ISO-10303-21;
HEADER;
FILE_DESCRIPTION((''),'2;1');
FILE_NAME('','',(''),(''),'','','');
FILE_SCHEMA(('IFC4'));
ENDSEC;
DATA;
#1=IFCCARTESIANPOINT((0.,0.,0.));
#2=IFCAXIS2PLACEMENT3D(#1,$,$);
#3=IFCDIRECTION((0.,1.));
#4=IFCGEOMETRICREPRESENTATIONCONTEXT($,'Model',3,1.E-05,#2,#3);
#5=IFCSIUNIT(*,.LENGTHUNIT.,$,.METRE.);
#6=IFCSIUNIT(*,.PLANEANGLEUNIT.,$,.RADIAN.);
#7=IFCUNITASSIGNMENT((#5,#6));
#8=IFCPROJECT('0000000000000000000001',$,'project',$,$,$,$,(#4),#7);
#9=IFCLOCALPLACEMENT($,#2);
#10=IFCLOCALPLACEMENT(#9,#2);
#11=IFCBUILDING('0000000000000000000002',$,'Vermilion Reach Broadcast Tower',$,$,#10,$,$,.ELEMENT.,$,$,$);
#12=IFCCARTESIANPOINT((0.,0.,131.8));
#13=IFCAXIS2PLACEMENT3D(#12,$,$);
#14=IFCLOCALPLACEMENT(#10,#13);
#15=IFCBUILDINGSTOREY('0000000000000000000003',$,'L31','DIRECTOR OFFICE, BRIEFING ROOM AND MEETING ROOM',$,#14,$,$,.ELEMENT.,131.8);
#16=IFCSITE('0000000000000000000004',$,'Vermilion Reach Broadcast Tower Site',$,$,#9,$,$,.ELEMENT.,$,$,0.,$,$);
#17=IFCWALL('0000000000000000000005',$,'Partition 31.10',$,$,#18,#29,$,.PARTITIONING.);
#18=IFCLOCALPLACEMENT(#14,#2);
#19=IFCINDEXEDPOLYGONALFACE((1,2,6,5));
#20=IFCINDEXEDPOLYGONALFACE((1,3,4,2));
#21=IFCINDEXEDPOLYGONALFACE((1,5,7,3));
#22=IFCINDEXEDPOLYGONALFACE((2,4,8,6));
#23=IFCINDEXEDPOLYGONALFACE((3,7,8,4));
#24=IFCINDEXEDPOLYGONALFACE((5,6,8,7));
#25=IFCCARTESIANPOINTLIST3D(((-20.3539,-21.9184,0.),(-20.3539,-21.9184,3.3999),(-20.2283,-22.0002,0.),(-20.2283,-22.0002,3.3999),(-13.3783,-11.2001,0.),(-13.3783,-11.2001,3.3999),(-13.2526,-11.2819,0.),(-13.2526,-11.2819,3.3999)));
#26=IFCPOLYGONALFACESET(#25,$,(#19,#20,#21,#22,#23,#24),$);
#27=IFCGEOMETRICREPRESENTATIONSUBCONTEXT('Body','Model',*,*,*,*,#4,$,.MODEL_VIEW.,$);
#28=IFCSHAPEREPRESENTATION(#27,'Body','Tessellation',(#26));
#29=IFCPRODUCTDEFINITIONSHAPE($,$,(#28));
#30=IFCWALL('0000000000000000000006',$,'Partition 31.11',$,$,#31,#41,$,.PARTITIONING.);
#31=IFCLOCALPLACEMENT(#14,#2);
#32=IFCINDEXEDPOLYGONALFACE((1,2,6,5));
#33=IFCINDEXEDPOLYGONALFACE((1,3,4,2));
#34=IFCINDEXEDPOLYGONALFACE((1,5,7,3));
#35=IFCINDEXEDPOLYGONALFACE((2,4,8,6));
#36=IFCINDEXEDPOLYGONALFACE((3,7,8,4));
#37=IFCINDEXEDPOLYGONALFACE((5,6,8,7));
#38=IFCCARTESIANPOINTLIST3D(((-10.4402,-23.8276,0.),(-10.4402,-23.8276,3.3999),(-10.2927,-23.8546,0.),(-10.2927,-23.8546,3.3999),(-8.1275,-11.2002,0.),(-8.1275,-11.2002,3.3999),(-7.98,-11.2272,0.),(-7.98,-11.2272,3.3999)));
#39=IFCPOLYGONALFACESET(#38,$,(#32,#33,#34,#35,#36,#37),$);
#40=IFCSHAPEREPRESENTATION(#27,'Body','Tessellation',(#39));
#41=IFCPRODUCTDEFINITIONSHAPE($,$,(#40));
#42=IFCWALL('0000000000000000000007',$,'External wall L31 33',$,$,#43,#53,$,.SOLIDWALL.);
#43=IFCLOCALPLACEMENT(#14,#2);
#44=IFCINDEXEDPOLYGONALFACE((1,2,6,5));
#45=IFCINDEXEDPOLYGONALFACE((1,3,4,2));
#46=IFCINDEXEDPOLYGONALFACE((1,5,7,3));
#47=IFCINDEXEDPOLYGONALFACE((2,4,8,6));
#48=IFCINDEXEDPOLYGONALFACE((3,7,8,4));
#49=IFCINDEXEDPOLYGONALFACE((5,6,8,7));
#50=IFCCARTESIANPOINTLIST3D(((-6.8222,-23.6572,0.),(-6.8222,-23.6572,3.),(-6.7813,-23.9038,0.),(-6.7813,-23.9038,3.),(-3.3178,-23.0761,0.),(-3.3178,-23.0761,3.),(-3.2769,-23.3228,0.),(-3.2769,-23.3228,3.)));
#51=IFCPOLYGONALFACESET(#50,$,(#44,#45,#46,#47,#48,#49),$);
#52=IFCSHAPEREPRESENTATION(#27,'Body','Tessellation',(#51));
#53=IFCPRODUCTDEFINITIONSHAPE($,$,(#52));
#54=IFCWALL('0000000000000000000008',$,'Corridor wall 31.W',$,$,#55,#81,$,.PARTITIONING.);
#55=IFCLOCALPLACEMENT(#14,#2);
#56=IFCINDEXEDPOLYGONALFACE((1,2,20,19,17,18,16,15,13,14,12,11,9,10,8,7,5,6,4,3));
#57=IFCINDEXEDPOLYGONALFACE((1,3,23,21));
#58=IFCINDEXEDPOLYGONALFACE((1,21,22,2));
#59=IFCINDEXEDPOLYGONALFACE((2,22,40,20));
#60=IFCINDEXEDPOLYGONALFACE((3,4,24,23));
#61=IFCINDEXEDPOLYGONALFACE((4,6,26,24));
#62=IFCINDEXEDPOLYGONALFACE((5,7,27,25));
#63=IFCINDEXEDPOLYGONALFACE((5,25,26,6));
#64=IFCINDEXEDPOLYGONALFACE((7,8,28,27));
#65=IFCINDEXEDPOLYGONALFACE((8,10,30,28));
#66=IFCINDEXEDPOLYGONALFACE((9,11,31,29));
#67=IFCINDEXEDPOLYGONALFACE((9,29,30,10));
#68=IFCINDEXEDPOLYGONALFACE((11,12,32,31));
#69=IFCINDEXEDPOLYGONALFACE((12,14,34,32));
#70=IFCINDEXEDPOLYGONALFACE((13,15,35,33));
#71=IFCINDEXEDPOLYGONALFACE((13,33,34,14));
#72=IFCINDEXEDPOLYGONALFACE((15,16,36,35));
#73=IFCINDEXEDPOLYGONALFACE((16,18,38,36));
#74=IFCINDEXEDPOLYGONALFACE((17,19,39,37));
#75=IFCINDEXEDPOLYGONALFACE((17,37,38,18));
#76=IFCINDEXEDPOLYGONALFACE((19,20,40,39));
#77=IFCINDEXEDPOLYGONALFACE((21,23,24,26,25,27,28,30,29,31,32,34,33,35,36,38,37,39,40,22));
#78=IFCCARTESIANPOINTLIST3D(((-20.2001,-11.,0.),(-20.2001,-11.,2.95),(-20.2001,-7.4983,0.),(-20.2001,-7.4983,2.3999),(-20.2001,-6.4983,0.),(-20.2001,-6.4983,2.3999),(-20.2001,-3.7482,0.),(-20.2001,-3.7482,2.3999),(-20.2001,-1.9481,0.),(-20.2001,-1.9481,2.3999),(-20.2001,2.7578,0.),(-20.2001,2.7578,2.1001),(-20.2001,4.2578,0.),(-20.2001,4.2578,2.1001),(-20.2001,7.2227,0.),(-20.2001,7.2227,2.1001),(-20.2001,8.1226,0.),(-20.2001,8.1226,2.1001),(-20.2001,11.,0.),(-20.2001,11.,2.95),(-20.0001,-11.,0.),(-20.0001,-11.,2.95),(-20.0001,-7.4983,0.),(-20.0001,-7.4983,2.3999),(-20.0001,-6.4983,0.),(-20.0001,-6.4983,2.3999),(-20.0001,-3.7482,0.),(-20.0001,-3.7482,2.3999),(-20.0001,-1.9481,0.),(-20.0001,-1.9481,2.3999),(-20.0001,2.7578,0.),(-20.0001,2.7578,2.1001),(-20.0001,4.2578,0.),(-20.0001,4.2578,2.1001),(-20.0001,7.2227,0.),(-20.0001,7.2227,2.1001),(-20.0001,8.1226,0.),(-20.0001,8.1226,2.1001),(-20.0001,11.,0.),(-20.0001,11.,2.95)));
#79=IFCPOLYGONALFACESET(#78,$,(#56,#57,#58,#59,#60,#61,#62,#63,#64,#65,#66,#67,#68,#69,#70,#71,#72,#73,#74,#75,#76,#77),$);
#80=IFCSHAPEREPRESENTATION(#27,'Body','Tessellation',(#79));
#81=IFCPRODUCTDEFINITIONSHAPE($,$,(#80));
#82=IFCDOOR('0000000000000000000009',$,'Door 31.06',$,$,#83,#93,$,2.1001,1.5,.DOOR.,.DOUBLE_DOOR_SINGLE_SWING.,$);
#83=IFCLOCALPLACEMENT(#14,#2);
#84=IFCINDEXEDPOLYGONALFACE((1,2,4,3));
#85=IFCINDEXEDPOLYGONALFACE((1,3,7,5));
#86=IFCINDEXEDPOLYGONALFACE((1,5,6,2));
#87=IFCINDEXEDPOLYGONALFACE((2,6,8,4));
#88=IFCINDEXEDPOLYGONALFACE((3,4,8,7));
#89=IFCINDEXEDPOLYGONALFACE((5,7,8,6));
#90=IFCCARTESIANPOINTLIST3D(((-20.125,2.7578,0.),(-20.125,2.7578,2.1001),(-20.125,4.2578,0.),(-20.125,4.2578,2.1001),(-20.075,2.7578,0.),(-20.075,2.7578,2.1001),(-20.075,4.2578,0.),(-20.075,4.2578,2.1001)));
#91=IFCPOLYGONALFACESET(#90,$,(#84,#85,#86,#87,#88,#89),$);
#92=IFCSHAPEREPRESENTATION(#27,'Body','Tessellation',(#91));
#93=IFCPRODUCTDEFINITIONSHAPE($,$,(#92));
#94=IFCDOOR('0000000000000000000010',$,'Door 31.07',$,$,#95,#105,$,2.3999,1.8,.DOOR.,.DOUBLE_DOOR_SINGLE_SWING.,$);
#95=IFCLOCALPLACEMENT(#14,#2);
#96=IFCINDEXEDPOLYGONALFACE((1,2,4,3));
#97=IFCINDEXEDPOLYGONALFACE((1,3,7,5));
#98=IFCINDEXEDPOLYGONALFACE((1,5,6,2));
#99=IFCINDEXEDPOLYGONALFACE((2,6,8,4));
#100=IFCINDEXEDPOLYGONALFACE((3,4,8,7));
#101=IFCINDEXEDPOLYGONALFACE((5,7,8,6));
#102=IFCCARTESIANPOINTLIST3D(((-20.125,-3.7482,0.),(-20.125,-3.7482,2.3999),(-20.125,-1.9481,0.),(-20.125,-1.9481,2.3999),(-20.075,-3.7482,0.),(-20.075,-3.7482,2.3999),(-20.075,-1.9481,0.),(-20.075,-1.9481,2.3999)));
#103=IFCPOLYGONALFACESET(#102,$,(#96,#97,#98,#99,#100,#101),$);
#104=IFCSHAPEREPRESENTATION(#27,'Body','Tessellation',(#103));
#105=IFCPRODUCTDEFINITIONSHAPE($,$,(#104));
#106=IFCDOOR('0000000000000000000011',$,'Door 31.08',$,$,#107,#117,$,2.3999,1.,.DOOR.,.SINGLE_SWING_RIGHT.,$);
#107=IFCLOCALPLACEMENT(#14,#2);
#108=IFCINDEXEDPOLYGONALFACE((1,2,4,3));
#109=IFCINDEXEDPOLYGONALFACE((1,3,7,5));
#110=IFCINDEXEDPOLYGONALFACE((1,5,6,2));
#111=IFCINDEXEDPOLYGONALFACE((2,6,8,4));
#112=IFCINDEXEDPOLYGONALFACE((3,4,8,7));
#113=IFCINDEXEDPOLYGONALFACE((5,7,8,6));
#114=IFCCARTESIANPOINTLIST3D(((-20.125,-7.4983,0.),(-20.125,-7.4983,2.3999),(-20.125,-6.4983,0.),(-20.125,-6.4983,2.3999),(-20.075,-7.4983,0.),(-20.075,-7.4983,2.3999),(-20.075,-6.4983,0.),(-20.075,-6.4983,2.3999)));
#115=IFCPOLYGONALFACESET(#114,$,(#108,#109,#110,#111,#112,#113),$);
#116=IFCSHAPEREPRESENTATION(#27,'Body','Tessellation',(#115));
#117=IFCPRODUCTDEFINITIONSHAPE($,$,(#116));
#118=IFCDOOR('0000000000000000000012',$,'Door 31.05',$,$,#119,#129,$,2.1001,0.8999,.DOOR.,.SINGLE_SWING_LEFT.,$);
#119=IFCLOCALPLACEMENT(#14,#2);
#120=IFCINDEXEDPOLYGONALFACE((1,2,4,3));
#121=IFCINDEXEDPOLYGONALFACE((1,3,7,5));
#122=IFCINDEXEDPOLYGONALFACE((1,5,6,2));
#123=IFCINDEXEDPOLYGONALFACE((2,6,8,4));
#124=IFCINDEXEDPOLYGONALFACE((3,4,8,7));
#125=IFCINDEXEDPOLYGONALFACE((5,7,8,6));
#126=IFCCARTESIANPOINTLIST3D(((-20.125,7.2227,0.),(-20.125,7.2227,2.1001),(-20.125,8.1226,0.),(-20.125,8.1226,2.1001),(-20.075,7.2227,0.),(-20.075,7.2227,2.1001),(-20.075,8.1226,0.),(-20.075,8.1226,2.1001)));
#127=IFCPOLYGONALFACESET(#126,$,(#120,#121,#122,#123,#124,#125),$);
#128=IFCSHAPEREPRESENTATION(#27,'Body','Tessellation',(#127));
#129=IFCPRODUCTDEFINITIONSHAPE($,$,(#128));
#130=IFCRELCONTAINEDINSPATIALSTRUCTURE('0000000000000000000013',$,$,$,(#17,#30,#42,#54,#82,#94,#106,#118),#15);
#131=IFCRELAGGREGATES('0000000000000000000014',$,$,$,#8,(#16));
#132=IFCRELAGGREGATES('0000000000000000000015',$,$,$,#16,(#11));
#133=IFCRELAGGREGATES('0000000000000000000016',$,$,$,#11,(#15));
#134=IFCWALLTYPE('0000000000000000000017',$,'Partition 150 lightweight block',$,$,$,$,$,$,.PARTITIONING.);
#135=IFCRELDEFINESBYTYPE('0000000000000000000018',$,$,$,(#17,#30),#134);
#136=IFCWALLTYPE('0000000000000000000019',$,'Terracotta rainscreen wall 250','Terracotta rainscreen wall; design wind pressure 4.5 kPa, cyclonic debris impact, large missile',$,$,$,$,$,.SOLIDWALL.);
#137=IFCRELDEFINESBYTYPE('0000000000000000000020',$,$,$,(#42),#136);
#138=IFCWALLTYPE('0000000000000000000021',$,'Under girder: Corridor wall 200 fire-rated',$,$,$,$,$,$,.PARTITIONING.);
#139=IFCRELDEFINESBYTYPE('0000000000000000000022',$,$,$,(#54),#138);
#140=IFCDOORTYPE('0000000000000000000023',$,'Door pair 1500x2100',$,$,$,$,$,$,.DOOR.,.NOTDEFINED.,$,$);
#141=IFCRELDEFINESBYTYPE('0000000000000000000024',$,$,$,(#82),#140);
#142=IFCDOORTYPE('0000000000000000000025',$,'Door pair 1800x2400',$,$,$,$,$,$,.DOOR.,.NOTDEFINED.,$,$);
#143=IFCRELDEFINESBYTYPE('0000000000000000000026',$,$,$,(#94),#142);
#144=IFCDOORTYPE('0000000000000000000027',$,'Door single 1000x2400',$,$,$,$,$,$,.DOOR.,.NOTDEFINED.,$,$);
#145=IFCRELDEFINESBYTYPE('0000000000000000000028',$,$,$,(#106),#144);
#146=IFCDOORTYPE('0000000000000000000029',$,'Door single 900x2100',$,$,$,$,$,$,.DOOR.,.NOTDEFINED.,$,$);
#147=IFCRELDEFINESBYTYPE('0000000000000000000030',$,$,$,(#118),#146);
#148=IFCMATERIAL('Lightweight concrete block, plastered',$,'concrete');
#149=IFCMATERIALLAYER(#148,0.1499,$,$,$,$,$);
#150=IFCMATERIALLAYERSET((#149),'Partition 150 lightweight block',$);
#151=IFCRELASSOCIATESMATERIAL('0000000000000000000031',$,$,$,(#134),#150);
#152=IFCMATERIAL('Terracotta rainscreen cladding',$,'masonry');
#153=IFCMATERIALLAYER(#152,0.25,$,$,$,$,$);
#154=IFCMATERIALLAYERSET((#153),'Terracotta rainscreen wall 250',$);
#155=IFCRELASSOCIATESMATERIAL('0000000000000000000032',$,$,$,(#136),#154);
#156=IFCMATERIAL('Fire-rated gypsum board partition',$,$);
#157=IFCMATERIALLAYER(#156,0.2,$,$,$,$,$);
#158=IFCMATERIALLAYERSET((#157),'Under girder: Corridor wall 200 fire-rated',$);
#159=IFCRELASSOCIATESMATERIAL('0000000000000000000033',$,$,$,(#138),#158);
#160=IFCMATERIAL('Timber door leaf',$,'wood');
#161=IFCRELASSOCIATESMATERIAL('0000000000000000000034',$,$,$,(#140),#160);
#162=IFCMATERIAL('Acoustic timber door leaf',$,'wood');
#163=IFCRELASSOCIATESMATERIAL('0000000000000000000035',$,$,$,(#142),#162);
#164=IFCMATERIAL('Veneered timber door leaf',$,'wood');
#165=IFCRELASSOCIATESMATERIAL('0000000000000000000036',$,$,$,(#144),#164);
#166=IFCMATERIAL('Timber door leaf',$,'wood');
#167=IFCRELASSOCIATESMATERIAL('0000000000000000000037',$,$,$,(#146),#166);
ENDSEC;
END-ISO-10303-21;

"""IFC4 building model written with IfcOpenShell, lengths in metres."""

from ifc_helpers import new_model, si_unit, direction, frame, frame_2d, origin, place, context, subcontext, project, spatial, rectangle, extrude, material, layer, layer_set, type_object, element, fill, save


model = new_model("IFC4")

# Units and contexts
model_context = context("Model", 3, precision=1e-05, world=origin(), true_north=direction((0.0, 1.0)))
body_context = subcontext(model_context, "Body", "Model", "MODEL_VIEW")
ifc_project = project(units=[si_unit("LENGTHUNIT", "METRE"), si_unit("PLANEANGLEUNIT", "RADIAN")], contexts=[model_context])

# Site, building, storey
site_placement = place(None, origin())
site = spatial("IfcSite", under=ifc_project, at=site_placement, Name="Vermilion Reach Broadcast Tower Site", CompositionType="ELEMENT", RefElevation=0.0)
building_placement = place(site_placement, origin())
building = spatial("IfcBuilding", under=site, at=building_placement, Name="Vermilion Reach Broadcast Tower", CompositionType="ELEMENT")
storey_placement = place(building_placement, frame((0.0, 0.0, 131.8)))
storey = spatial("IfcBuildingStorey", under=building, at=storey_placement, Name="L31", Description="DIRECTOR OFFICE, BRIEFING ROOM AND MEETING ROOM", CompositionType="ELEMENT", Elevation=131.8)

# Walls
ifc_material_1 = material(Name="Lightweight concrete block, plastered", Category="concrete")
ifc_layer_1 = layer(ifc_material_1, 0.1499)
ifc_layer_set_1 = layer_set([ifc_layer_1], Name="Partition 150 lightweight block")
wall_type_1 = type_object("IfcWallType", Name="Partition 150 lightweight block", PredefinedType="PARTITIONING", material=ifc_layer_set_1)
wall_1_placement = place(storey_placement, frame((-20.291, -21.9592, 0.0), z_axis=(0.0, 0.0, 1.0), x_axis=(0.545467, 0.838132, 0.0)))
element("IfcWall", 1, at=wall_1_placement, inside=storey, type_object=wall_type_1, Name="Partition 31.10", PredefinedType="PARTITIONING", context=body_context, shape_type="SweptSolid", body=[
    extrude(rectangle(XDim=12.7883, YDim=0.1499, at=frame_2d((6.394, 0.0))), origin(), (0.0, 0.0, 1.0), 3.3999),
])
wall_2_placement = place(storey_placement, frame((-10.3665, -23.8411, 0.0), z_axis=(0.0, 0.0, 1.0), x_axis=(0.180156, 0.983638, 0.0)))
element("IfcWall", 2, at=wall_2_placement, inside=storey, type_object=wall_type_1, Name="Partition 31.11", PredefinedType="PARTITIONING", context=body_context, shape_type="SweptSolid", body=[
    extrude(rectangle(XDim=12.8374, YDim=0.1499, at=frame_2d((6.4187, 0.0))), origin(), (0.0, 0.0, 1.0), 3.3999),
])

# Shared definitions
ifc_material_2 = material(Name="Terracotta rainscreen cladding", Category="masonry")
ifc_layer_2 = layer(ifc_material_2, 0.25)
ifc_layer_set_2 = layer_set([ifc_layer_2], Name="Terracotta rainscreen wall 250")
wall_type_2 = type_object("IfcWallType", Name="Terracotta rainscreen wall 250", Description="Terracotta rainscreen wall; design wind pressure 4.5 kPa, cyclonic debris impact, large missile", PredefinedType="SOLIDWALL", material=ifc_layer_set_2)

# Wall
wall_3_placement = place(storey_placement, frame((-6.8018, -23.7805, 0.0), z_axis=(0.0, 0.0, 1.0), x_axis=(0.986531, 0.163574, 0.0)))
element("IfcWall", 3, at=wall_3_placement, inside=storey, type_object=wall_type_2, Name="External wall L31 33", PredefinedType="SOLIDWALL", context=body_context, shape_type="SweptSolid", body=[
    extrude(rectangle(XDim=3.5522, YDim=0.25, at=frame_2d((1.7761, 0.0))), origin(), (0.0, 0.0, 1.0), 3.0),
])

# Wall, openings, doors
ifc_material_3 = material(Name="Fire-rated gypsum board partition")
ifc_layer_3 = layer(ifc_material_3, 0.2)
ifc_layer_set_3 = layer_set([ifc_layer_3], Name="Under girder: Corridor wall 200 fire-rated")
wall_type_3 = type_object("IfcWallType", Name="Under girder: Corridor wall 200 fire-rated", PredefinedType="PARTITIONING", material=ifc_layer_set_3)
wall_4_placement = place(storey_placement, frame((-20.1001, -11.0, 0.0), z_axis=(0.0, 0.0, 1.0), x_axis=(0.0, 1.0, 0.0)))
wall_4 = element("IfcWall", 4, at=wall_4_placement, inside=storey, type_object=wall_type_3, Name="Corridor wall 31.W", PredefinedType="PARTITIONING", context=body_context, shape_type="SweptSolid", body=[
    extrude(rectangle(XDim=22.0, YDim=0.2, at=frame_2d((11.0, 0.0))), origin(), (0.0, 0.0, 1.0), 2.95),
])
opening_1_placement = place(wall_4_placement, frame((18.2227, 0.0, 0.0)))
opening_1 = element("IfcOpeningElement", 5, at=opening_1_placement, cuts=wall_4, PredefinedType="OPENING", context=body_context, shape_type="SweptSolid", body=[
    extrude(rectangle(XDim=0.8999, YDim=2.1001, at=frame_2d((0.45, 1.05))), frame((0.0, 0.1099, 0.0), z_axis=(0.0, -1.0, 0.0), x_axis=(1.0, 0.0, 0.0)), (0.0, 0.0, 1.0), 0.22),
])
opening_2_placement = place(wall_4_placement, frame((13.7578, 0.0, 0.0)))
opening_2 = element("IfcOpeningElement", 6, at=opening_2_placement, cuts=wall_4, PredefinedType="OPENING", context=body_context, shape_type="SweptSolid", body=[
    extrude(rectangle(XDim=1.5, YDim=2.1001, at=frame_2d((0.75, 1.05))), frame((0.0, 0.1099, 0.0), z_axis=(0.0, -1.0, 0.0), x_axis=(1.0, 0.0, 0.0)), (0.0, 0.0, 1.0), 0.22),
])
opening_3_placement = place(wall_4_placement, frame((7.252, 0.0, 0.0)))
opening_3 = element("IfcOpeningElement", 7, at=opening_3_placement, cuts=wall_4, PredefinedType="OPENING", context=body_context, shape_type="SweptSolid", body=[
    extrude(rectangle(XDim=1.8, YDim=2.3999, at=frame_2d((0.8999, 1.2))), frame((0.0, 0.1099, 0.0), z_axis=(0.0, -1.0, 0.0), x_axis=(1.0, 0.0, 0.0)), (0.0, 0.0, 1.0), 0.22),
])
opening_4_placement = place(wall_4_placement, frame((3.5017, 0.0, 0.0)))
opening_4 = element("IfcOpeningElement", 8, at=opening_4_placement, cuts=wall_4, PredefinedType="OPENING", context=body_context, shape_type="SweptSolid", body=[
    extrude(rectangle(XDim=1.0, YDim=2.3999, at=frame_2d((0.5, 1.2))), frame((0.0, 0.1099, 0.0), z_axis=(0.0, -1.0, 0.0), x_axis=(1.0, 0.0, 0.0)), (0.0, 0.0, 1.0), 0.22),
])
ifc_material_4 = material(Name="Timber door leaf", Category="wood")
door_type_1 = type_object("IfcDoorType", Name="Door pair 1500x2100", OperationType="NOTDEFINED", PredefinedType="DOOR", material=ifc_material_4)
door_1_placement = place(opening_2_placement, origin())
door_1 = element("IfcDoor", 9, at=door_1_placement, inside=storey, type_object=door_type_1, Name="Door 31.06", OperationType="DOUBLE_DOOR_SINGLE_SWING", OverallHeight=2.1001, OverallWidth=1.5, PredefinedType="DOOR", context=body_context, shape_type="SweptSolid", body=[
    extrude(rectangle(XDim=1.5, YDim=2.1001, at=frame_2d((0.75, 1.05))), frame((0.0, 0.0249, 0.0), z_axis=(0.0, -1.0, 0.0), x_axis=(1.0, 0.0, 0.0)), (0.0, 0.0, 1.0), 0.05),
])
fill(opening_2, door_1)
ifc_material_5 = material(Name="Acoustic timber door leaf", Category="wood")
door_type_2 = type_object("IfcDoorType", Name="Door pair 1800x2400", OperationType="NOTDEFINED", PredefinedType="DOOR", material=ifc_material_5)
door_2_placement = place(opening_3_placement, origin())
door_2 = element("IfcDoor", 10, at=door_2_placement, inside=storey, type_object=door_type_2, Name="Door 31.07", OperationType="DOUBLE_DOOR_SINGLE_SWING", OverallHeight=2.3999, OverallWidth=1.8, PredefinedType="DOOR", context=body_context, shape_type="SweptSolid", body=[
    extrude(rectangle(XDim=1.8, YDim=2.3999, at=frame_2d((0.8999, 1.2))), frame((0.0, 0.0249, 0.0), z_axis=(0.0, -1.0, 0.0), x_axis=(1.0, 0.0, 0.0)), (0.0, 0.0, 1.0), 0.05),
])
fill(opening_3, door_2)
ifc_material_6 = material(Name="Veneered timber door leaf", Category="wood")
door_type_3 = type_object("IfcDoorType", Name="Door single 1000x2400", OperationType="NOTDEFINED", PredefinedType="DOOR", material=ifc_material_6)
door_3_placement = place(opening_4_placement, origin())
door_3 = element("IfcDoor", 11, at=door_3_placement, inside=storey, type_object=door_type_3, Name="Door 31.08", OperationType="SINGLE_SWING_RIGHT", OverallHeight=2.3999, OverallWidth=1.0, PredefinedType="DOOR", context=body_context, shape_type="SweptSolid", body=[
    extrude(rectangle(XDim=1.0, YDim=2.3999, at=frame_2d((0.5, 1.2))), frame((0.0, 0.0249, 0.0), z_axis=(0.0, -1.0, 0.0), x_axis=(1.0, 0.0, 0.0)), (0.0, 0.0, 1.0), 0.05),
])
fill(opening_4, door_3)
ifc_material_7 = material(Name="Timber door leaf", Category="wood")
door_type_4 = type_object("IfcDoorType", Name="Door single 900x2100", OperationType="NOTDEFINED", PredefinedType="DOOR", material=ifc_material_7)
door_4_placement = place(opening_1_placement, origin())
door_4 = element("IfcDoor", 12, at=door_4_placement, inside=storey, type_object=door_type_4, Name="Door 31.05", OperationType="SINGLE_SWING_LEFT", OverallHeight=2.1001, OverallWidth=0.8999, PredefinedType="DOOR", context=body_context, shape_type="SweptSolid", body=[
    extrude(rectangle(XDim=0.8999, YDim=2.1001, at=frame_2d((0.45, 1.05))), frame((0.0, 0.0249, 0.0), z_axis=(0.0, -1.0, 0.0), x_axis=(1.0, 0.0, 0.0)), (0.0, 0.0, 1.0), 0.05),
])
fill(opening_1, door_4)

save(model, "model.ifc")
